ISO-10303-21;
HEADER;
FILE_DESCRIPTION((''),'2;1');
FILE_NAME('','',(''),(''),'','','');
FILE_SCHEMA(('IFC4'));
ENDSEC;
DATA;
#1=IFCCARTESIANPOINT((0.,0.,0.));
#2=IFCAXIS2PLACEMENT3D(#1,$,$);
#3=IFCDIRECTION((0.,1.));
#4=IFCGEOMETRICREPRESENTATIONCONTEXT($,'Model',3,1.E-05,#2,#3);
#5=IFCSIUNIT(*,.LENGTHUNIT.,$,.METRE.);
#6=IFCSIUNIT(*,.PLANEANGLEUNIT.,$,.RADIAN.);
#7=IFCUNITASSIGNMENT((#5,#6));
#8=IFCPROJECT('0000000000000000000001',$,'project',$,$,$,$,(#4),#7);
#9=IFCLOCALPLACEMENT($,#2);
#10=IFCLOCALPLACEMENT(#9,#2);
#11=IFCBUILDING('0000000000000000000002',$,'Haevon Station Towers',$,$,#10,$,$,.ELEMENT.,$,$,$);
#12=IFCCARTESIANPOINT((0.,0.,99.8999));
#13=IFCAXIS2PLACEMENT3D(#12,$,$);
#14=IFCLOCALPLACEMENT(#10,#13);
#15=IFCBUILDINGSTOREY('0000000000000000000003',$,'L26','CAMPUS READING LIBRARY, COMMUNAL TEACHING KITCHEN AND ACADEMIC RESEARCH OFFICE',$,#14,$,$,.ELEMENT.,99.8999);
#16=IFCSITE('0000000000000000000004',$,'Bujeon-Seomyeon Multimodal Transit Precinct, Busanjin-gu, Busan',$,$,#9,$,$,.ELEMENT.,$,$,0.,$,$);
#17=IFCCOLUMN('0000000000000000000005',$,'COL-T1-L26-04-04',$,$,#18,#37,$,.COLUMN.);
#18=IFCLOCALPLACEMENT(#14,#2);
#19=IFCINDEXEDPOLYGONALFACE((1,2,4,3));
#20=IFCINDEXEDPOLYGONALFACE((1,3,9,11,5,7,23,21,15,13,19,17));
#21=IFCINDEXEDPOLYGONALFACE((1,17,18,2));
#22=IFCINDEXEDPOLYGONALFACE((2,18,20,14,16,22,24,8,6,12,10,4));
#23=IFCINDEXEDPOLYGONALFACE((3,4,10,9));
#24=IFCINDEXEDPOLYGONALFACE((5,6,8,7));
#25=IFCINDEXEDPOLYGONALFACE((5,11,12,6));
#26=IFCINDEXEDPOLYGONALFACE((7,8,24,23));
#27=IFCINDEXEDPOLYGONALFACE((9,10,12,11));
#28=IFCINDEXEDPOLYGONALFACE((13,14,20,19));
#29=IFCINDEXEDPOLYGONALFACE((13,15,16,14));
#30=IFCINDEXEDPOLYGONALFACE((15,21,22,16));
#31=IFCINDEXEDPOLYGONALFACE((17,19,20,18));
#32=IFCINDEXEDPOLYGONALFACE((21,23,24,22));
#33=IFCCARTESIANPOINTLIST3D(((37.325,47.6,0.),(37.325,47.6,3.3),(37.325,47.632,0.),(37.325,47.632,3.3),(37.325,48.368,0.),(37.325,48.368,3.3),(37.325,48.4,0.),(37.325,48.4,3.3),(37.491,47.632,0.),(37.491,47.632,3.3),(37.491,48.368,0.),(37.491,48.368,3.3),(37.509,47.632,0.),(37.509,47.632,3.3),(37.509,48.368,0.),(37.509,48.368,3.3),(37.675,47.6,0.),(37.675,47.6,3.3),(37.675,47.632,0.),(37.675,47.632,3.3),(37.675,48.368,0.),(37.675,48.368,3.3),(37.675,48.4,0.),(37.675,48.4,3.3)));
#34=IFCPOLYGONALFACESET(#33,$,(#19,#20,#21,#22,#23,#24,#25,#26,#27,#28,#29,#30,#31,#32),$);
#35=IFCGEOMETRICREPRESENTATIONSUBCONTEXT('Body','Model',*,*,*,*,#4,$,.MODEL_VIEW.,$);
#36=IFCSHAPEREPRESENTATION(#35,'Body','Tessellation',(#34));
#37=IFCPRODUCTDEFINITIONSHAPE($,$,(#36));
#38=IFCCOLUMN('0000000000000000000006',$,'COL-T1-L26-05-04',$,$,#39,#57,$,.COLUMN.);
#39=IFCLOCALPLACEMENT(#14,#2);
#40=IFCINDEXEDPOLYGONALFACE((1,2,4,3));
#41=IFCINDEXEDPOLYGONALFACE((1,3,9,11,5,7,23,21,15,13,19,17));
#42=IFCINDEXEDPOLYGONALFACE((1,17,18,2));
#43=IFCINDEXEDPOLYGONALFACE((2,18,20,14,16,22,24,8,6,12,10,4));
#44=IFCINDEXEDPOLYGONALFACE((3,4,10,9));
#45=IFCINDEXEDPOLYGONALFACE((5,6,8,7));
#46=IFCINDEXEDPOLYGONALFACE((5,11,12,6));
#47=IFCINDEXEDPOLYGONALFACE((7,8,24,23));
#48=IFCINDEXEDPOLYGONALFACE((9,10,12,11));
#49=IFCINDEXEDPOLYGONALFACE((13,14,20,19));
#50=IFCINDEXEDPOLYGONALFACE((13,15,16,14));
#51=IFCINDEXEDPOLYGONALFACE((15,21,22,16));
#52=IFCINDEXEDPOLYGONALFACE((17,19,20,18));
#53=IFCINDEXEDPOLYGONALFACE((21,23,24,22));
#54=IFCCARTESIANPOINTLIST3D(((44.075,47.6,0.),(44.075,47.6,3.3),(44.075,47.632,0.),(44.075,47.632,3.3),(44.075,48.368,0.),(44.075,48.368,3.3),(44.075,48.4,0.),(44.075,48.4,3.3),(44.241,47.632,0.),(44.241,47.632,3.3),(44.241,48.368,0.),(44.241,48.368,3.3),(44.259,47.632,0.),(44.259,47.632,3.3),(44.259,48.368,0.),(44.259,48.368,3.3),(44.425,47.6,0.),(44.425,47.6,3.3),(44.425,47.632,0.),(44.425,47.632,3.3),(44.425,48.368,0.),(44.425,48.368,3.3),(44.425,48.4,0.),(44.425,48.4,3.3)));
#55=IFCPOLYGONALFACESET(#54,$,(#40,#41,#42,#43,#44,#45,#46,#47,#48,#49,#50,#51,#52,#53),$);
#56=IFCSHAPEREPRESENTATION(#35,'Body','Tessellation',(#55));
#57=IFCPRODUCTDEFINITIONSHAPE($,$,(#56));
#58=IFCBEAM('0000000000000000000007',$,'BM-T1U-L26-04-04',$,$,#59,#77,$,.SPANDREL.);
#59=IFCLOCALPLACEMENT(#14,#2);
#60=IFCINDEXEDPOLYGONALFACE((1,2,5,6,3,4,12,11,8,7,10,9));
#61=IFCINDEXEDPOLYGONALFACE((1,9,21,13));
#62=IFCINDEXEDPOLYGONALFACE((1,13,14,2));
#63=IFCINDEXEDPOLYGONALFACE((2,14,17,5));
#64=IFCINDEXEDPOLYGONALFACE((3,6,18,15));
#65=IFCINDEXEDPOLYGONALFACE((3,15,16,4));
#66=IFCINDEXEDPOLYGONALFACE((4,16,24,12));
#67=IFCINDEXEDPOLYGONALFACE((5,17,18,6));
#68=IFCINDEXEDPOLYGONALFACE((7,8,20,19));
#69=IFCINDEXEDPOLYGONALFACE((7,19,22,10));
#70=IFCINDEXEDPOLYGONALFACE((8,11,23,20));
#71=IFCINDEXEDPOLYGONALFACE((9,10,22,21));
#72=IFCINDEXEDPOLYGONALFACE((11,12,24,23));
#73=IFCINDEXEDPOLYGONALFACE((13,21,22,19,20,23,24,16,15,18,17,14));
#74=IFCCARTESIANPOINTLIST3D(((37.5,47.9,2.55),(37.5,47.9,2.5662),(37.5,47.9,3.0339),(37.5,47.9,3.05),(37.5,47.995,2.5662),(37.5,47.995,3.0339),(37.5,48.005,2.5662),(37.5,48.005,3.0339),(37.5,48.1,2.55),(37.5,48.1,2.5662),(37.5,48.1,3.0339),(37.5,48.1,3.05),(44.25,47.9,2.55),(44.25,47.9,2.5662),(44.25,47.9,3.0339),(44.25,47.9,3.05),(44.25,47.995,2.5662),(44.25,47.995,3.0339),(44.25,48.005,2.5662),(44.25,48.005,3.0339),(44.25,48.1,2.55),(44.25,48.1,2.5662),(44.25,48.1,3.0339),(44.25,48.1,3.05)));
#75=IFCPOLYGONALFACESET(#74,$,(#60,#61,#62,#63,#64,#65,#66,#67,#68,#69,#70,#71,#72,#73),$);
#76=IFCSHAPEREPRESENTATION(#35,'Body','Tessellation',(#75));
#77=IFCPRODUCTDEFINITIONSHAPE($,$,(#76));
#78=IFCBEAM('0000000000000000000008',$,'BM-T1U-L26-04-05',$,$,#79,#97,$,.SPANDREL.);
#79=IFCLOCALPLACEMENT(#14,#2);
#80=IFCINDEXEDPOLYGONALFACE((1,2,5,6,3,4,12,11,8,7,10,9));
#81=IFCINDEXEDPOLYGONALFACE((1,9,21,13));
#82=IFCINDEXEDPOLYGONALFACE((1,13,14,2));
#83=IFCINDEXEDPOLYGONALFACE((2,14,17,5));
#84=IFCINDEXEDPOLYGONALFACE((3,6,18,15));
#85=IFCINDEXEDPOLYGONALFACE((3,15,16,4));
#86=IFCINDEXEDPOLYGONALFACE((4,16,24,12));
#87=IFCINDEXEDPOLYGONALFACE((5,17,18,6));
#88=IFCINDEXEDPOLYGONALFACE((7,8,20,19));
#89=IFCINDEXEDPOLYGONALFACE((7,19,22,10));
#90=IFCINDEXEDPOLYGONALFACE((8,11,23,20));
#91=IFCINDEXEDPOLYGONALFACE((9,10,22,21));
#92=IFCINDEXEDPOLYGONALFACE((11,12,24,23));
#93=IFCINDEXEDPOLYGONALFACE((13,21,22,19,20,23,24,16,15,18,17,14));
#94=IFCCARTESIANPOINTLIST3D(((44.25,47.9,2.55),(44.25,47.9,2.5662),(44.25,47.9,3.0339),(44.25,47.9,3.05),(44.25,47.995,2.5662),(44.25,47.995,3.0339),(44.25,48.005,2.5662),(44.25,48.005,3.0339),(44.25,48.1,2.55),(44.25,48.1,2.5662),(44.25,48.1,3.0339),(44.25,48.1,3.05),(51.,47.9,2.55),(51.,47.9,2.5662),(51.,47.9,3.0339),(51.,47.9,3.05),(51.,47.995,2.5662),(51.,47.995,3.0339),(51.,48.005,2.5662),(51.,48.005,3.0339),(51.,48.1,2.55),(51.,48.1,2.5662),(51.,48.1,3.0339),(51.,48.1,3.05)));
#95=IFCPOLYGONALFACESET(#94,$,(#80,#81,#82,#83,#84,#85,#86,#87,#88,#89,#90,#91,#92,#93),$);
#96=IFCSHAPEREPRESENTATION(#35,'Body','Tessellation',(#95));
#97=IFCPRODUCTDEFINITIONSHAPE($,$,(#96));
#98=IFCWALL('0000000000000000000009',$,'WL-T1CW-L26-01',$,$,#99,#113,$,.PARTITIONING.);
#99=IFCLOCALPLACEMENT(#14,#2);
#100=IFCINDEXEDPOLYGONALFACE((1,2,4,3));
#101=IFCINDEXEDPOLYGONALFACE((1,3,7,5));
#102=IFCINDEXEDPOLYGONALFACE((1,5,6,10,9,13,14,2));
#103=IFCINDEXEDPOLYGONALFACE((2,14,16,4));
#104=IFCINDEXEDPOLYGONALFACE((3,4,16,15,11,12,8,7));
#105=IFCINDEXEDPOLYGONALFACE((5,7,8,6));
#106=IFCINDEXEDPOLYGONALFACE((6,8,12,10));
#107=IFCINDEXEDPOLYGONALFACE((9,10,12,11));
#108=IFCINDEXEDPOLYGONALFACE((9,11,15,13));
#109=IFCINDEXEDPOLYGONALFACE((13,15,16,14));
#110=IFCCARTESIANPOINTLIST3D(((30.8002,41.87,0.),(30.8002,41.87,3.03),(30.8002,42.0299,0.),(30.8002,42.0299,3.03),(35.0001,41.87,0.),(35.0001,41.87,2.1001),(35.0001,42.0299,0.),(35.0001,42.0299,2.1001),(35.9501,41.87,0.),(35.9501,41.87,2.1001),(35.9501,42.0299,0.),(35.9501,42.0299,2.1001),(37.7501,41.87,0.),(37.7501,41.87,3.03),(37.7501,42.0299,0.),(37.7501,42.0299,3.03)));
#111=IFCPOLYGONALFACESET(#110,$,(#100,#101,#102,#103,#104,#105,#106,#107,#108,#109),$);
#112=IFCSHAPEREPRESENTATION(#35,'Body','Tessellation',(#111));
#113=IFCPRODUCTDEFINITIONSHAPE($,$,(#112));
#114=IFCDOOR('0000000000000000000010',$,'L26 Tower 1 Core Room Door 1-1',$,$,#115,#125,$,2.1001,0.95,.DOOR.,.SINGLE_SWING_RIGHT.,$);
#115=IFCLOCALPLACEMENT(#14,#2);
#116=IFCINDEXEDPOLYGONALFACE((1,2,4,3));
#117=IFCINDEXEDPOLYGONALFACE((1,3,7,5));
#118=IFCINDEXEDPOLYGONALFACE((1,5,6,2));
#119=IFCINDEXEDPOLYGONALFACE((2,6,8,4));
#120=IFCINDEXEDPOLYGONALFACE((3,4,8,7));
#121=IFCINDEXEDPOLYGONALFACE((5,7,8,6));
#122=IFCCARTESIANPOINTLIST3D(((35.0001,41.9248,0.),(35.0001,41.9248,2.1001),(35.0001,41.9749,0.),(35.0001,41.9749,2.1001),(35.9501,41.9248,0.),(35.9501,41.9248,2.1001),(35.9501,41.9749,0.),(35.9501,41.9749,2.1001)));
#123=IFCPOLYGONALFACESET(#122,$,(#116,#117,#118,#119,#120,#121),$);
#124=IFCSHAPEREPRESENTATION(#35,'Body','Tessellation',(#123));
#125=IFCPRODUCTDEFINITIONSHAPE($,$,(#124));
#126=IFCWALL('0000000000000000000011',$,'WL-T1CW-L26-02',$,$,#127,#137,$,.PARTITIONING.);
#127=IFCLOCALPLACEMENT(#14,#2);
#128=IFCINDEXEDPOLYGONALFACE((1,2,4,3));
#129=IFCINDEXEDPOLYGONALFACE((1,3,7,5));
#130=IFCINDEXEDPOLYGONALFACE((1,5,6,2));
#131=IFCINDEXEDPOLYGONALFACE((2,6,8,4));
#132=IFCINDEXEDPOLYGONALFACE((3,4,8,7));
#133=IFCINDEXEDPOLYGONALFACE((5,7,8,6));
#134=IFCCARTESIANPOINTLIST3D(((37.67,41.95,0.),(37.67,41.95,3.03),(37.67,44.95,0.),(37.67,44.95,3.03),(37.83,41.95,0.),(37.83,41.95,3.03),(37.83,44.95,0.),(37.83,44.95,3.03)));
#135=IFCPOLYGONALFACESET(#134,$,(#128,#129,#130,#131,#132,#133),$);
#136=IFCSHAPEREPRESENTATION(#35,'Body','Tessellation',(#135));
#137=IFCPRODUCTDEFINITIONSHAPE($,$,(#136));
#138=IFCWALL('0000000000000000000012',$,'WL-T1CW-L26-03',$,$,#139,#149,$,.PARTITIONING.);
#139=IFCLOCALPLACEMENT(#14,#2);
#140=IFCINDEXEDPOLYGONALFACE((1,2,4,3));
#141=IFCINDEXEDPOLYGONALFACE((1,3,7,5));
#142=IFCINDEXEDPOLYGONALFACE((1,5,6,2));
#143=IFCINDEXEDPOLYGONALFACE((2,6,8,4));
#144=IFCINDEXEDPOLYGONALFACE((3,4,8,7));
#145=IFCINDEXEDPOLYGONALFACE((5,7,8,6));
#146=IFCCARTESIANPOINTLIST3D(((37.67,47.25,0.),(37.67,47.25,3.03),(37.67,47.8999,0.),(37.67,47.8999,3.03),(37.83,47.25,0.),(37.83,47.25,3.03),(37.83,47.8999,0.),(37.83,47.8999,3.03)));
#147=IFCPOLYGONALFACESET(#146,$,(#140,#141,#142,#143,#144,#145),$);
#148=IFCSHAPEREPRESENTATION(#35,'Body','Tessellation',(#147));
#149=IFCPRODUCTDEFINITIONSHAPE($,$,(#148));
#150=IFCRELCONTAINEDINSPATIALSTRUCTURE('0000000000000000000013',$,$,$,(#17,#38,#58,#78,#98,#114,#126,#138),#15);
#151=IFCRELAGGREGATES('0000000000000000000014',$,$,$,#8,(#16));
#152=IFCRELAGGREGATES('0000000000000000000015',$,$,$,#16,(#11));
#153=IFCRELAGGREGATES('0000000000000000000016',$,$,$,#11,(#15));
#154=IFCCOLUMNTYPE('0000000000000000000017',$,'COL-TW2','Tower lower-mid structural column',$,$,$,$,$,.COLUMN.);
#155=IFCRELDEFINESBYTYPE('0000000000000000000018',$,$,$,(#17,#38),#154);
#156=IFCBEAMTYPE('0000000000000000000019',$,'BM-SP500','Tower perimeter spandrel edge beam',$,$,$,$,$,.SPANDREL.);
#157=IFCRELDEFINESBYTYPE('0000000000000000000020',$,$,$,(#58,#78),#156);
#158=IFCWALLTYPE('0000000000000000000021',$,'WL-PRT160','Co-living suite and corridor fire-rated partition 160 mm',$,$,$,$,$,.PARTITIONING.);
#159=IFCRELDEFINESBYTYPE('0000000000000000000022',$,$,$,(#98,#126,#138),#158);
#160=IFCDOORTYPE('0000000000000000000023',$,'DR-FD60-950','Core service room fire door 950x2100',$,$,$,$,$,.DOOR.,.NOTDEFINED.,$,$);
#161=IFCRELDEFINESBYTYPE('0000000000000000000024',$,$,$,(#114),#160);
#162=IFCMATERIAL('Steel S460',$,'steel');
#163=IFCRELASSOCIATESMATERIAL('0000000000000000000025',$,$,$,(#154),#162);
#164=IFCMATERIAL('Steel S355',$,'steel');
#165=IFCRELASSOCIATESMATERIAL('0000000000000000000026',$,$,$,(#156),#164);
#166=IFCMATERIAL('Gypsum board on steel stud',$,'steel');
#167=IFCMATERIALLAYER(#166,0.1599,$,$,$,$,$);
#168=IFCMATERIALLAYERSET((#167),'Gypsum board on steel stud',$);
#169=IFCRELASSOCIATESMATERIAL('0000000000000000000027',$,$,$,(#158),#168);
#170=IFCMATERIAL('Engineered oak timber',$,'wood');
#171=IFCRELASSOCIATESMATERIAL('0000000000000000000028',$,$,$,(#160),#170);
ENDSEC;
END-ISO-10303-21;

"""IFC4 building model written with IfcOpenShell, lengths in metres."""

from ifc_helpers import new_model, si_unit, direction, frame, frame_2d, origin, origin_2d, place, context, subcontext, project, spatial, rectangle, i_section, extrude, material, layer, layer_set, material_profile, profile_set, type_object, element, fill, save


model = new_model("IFC4")

# Units and contexts
model_context = context("Model", 3, precision=1e-05, world=origin(), true_north=direction((0.0, 1.0)))
body_context = subcontext(model_context, "Body", "Model", "MODEL_VIEW")
ifc_project = project(units=[si_unit("LENGTHUNIT", "METRE"), si_unit("PLANEANGLEUNIT", "RADIAN")], contexts=[model_context])

# Site, building, storey
site_placement = place(None, origin())
site = spatial("IfcSite", under=ifc_project, at=site_placement, Name="Bujeon-Seomyeon Multimodal Transit Precinct, Busanjin-gu, Busan", CompositionType="ELEMENT", RefElevation=0.0)
building_placement = place(site_placement, origin())
building = spatial("IfcBuilding", under=site, at=building_placement, Name="Haevon Station Towers", CompositionType="ELEMENT")
storey_placement = place(building_placement, frame((0.0, 0.0, 99.8999)))
storey = spatial("IfcBuildingStorey", under=building, at=storey_placement, Name="L26", Description="CAMPUS READING LIBRARY, COMMUNAL TEACHING KITCHEN AND ACADEMIC RESEARCH OFFICE", CompositionType="ELEMENT", Elevation=99.8999)

# Columns
ifc_material_1 = material(Name="Steel S460", Category="steel")
ifc_material_profile_1 = material_profile(ifc_material_1, i_section(OverallWidth=0.3501, OverallDepth=0.8, WebThickness=0.0181, FlangeThickness=0.032, at=origin_2d()), Name="H-800x350x18x32")
ifc_profile_set_1 = profile_set([ifc_material_profile_1], Name="Steel S460")
column_type = type_object("IfcColumnType", Name="COL-TW2", Description="Tower lower-mid structural column", PredefinedType="COLUMN", material=ifc_profile_set_1)
for number, where, z_axis, x_axis, name in (
    (1, (37.5, 48.0, 0.0), (0.0, 0.0, 1.0), (1.0, 0.0, 0.0), "COL-T1-L26-04-04"),
    (2, (44.25, 48.0, 0.0), (0.0, 0.0, 1.0), (1.0, 0.0, 0.0), "COL-T1-L26-05-04"),
):
    element("IfcColumn", number, at=place(storey_placement, frame(where, z_axis=z_axis, x_axis=x_axis)), inside=storey, type_object=column_type, Name=name, PredefinedType="COLUMN", context=body_context, shape_type="SweptSolid", body=[
        extrude(i_section(OverallWidth=0.3501, OverallDepth=0.8, WebThickness=0.0181, FlangeThickness=0.032, at=origin_2d()), origin(), (0.0, 0.0, 1.0), 3.3),
    ])

# Beams
ifc_material_2 = material(Name="Steel S355", Category="steel")
ifc_material_profile_2 = material_profile(ifc_material_2, i_section(OverallWidth=0.2, OverallDepth=0.5, WebThickness=0.01, FlangeThickness=0.0161, at=origin_2d()), Name="H-500x200x10x16")
ifc_profile_set_2 = profile_set([ifc_material_profile_2], Name="Steel S355")
beam_type = type_object("IfcBeamType", Name="BM-SP500", Description="Tower perimeter spandrel edge beam", PredefinedType="SPANDREL", material=ifc_profile_set_2)
for number, where, z_axis, x_axis, name in (
    (3, (37.5, 48.0, 2.8), (1.0, 0.0, 0.0), (0.0, 1.0, 0.0), "BM-T1U-L26-04-04"),
    (4, (44.25, 48.0, 2.8), (1.0, 0.0, 0.0), (0.0, 1.0, 0.0), "BM-T1U-L26-04-05"),
):
    element("IfcBeam", number, at=place(storey_placement, frame(where, z_axis=z_axis, x_axis=x_axis)), inside=storey, type_object=beam_type, Name=name, PredefinedType="SPANDREL", context=body_context, shape_type="SweptSolid", body=[
        extrude(i_section(OverallWidth=0.2, OverallDepth=0.5, WebThickness=0.01, FlangeThickness=0.0161, at=origin_2d()), origin(), (0.0, 0.0, 1.0), 6.75),
    ])

# Wall, opening, door
ifc_material_3 = material(Name="Gypsum board on steel stud", Category="steel")
ifc_layer_1 = layer(ifc_material_3, 0.1599)
ifc_layer_set_1 = layer_set([ifc_layer_1], Name="Gypsum board on steel stud")
wall_type_1 = type_object("IfcWallType", Name="WL-PRT160", Description="Co-living suite and corridor fire-rated partition 160 mm", PredefinedType="PARTITIONING", material=ifc_layer_set_1)
wall_1_placement = place(storey_placement, frame((30.8, 41.95, 0.0), z_axis=(0.0, 0.0, 1.0), x_axis=(1.0, 0.0, 0.0)))
wall_1 = element("IfcWall", 5, at=wall_1_placement, inside=storey, type_object=wall_type_1, Name="WL-T1CW-L26-01", PredefinedType="PARTITIONING", context=body_context, shape_type="SweptSolid", body=[
    extrude(rectangle(XDim=6.95, YDim=0.1599, at=frame_2d((3.4751, 0.0))), origin(), (0.0, 0.0, 1.0), 3.03),
])
opening_1_placement = place(wall_1_placement, frame((4.2, 0.0, 0.0)))
opening_1 = element("IfcOpeningElement", 6, at=opening_1_placement, cuts=wall_1, PredefinedType="OPENING", context=body_context, shape_type="SweptSolid", body=[
    extrude(rectangle(XDim=0.95, YDim=2.1001, at=frame_2d((0.4751, 1.05))), frame((0.0, 0.0898, 0.0), z_axis=(0.0, -1.0, 0.0), x_axis=(1.0, 0.0, 0.0)), (0.0, 0.0, 1.0), 0.1799),
])
ifc_material_4 = material(Name="Engineered oak timber", Category="wood")
door_type_1 = type_object("IfcDoorType", Name="DR-FD60-950", Description="Core service room fire door 950x2100", OperationType="NOTDEFINED", PredefinedType="DOOR", material=ifc_material_4)
door_1_placement = place(opening_1_placement, origin())
door_1 = element("IfcDoor", 7, at=door_1_placement, inside=storey, type_object=door_type_1, Name="L26 Tower 1 Core Room Door 1-1", OperationType="SINGLE_SWING_RIGHT", OverallHeight=2.1001, OverallWidth=0.95, PredefinedType="DOOR", context=body_context, shape_type="SweptSolid", body=[
    extrude(rectangle(XDim=0.95, YDim=2.1001, at=frame_2d((0.4751, 1.05))), frame((0.0, 0.0249, 0.0), z_axis=(0.0, -1.0, 0.0), x_axis=(1.0, 0.0, 0.0)), (0.0, 0.0, 1.0), 0.05),
])
fill(opening_1, door_1)

# Walls
wall_2_placement = place(storey_placement, frame((37.75, 41.95, 0.0), z_axis=(0.0, 0.0, 1.0), x_axis=(0.0, 1.0, 0.0)))
element("IfcWall", 8, at=wall_2_placement, inside=storey, type_object=wall_type_1, Name="WL-T1CW-L26-02", PredefinedType="PARTITIONING", context=body_context, shape_type="SweptSolid", body=[
    extrude(rectangle(XDim=3.0, YDim=0.1599, at=frame_2d((1.5, 0.0))), origin(), (0.0, 0.0, 1.0), 3.03),
])
wall_3_placement = place(storey_placement, frame((37.75, 47.25, 0.0), z_axis=(0.0, 0.0, 1.0), x_axis=(0.0, 1.0, 0.0)))
element("IfcWall", 9, at=wall_3_placement, inside=storey, type_object=wall_type_1, Name="WL-T1CW-L26-03", PredefinedType="PARTITIONING", context=body_context, shape_type="SweptSolid", body=[
    extrude(rectangle(XDim=0.6499, YDim=0.1599, at=frame_2d((0.325, 0.0))), origin(), (0.0, 0.0, 1.0), 3.03),
])

save(model, "model.ifc")
